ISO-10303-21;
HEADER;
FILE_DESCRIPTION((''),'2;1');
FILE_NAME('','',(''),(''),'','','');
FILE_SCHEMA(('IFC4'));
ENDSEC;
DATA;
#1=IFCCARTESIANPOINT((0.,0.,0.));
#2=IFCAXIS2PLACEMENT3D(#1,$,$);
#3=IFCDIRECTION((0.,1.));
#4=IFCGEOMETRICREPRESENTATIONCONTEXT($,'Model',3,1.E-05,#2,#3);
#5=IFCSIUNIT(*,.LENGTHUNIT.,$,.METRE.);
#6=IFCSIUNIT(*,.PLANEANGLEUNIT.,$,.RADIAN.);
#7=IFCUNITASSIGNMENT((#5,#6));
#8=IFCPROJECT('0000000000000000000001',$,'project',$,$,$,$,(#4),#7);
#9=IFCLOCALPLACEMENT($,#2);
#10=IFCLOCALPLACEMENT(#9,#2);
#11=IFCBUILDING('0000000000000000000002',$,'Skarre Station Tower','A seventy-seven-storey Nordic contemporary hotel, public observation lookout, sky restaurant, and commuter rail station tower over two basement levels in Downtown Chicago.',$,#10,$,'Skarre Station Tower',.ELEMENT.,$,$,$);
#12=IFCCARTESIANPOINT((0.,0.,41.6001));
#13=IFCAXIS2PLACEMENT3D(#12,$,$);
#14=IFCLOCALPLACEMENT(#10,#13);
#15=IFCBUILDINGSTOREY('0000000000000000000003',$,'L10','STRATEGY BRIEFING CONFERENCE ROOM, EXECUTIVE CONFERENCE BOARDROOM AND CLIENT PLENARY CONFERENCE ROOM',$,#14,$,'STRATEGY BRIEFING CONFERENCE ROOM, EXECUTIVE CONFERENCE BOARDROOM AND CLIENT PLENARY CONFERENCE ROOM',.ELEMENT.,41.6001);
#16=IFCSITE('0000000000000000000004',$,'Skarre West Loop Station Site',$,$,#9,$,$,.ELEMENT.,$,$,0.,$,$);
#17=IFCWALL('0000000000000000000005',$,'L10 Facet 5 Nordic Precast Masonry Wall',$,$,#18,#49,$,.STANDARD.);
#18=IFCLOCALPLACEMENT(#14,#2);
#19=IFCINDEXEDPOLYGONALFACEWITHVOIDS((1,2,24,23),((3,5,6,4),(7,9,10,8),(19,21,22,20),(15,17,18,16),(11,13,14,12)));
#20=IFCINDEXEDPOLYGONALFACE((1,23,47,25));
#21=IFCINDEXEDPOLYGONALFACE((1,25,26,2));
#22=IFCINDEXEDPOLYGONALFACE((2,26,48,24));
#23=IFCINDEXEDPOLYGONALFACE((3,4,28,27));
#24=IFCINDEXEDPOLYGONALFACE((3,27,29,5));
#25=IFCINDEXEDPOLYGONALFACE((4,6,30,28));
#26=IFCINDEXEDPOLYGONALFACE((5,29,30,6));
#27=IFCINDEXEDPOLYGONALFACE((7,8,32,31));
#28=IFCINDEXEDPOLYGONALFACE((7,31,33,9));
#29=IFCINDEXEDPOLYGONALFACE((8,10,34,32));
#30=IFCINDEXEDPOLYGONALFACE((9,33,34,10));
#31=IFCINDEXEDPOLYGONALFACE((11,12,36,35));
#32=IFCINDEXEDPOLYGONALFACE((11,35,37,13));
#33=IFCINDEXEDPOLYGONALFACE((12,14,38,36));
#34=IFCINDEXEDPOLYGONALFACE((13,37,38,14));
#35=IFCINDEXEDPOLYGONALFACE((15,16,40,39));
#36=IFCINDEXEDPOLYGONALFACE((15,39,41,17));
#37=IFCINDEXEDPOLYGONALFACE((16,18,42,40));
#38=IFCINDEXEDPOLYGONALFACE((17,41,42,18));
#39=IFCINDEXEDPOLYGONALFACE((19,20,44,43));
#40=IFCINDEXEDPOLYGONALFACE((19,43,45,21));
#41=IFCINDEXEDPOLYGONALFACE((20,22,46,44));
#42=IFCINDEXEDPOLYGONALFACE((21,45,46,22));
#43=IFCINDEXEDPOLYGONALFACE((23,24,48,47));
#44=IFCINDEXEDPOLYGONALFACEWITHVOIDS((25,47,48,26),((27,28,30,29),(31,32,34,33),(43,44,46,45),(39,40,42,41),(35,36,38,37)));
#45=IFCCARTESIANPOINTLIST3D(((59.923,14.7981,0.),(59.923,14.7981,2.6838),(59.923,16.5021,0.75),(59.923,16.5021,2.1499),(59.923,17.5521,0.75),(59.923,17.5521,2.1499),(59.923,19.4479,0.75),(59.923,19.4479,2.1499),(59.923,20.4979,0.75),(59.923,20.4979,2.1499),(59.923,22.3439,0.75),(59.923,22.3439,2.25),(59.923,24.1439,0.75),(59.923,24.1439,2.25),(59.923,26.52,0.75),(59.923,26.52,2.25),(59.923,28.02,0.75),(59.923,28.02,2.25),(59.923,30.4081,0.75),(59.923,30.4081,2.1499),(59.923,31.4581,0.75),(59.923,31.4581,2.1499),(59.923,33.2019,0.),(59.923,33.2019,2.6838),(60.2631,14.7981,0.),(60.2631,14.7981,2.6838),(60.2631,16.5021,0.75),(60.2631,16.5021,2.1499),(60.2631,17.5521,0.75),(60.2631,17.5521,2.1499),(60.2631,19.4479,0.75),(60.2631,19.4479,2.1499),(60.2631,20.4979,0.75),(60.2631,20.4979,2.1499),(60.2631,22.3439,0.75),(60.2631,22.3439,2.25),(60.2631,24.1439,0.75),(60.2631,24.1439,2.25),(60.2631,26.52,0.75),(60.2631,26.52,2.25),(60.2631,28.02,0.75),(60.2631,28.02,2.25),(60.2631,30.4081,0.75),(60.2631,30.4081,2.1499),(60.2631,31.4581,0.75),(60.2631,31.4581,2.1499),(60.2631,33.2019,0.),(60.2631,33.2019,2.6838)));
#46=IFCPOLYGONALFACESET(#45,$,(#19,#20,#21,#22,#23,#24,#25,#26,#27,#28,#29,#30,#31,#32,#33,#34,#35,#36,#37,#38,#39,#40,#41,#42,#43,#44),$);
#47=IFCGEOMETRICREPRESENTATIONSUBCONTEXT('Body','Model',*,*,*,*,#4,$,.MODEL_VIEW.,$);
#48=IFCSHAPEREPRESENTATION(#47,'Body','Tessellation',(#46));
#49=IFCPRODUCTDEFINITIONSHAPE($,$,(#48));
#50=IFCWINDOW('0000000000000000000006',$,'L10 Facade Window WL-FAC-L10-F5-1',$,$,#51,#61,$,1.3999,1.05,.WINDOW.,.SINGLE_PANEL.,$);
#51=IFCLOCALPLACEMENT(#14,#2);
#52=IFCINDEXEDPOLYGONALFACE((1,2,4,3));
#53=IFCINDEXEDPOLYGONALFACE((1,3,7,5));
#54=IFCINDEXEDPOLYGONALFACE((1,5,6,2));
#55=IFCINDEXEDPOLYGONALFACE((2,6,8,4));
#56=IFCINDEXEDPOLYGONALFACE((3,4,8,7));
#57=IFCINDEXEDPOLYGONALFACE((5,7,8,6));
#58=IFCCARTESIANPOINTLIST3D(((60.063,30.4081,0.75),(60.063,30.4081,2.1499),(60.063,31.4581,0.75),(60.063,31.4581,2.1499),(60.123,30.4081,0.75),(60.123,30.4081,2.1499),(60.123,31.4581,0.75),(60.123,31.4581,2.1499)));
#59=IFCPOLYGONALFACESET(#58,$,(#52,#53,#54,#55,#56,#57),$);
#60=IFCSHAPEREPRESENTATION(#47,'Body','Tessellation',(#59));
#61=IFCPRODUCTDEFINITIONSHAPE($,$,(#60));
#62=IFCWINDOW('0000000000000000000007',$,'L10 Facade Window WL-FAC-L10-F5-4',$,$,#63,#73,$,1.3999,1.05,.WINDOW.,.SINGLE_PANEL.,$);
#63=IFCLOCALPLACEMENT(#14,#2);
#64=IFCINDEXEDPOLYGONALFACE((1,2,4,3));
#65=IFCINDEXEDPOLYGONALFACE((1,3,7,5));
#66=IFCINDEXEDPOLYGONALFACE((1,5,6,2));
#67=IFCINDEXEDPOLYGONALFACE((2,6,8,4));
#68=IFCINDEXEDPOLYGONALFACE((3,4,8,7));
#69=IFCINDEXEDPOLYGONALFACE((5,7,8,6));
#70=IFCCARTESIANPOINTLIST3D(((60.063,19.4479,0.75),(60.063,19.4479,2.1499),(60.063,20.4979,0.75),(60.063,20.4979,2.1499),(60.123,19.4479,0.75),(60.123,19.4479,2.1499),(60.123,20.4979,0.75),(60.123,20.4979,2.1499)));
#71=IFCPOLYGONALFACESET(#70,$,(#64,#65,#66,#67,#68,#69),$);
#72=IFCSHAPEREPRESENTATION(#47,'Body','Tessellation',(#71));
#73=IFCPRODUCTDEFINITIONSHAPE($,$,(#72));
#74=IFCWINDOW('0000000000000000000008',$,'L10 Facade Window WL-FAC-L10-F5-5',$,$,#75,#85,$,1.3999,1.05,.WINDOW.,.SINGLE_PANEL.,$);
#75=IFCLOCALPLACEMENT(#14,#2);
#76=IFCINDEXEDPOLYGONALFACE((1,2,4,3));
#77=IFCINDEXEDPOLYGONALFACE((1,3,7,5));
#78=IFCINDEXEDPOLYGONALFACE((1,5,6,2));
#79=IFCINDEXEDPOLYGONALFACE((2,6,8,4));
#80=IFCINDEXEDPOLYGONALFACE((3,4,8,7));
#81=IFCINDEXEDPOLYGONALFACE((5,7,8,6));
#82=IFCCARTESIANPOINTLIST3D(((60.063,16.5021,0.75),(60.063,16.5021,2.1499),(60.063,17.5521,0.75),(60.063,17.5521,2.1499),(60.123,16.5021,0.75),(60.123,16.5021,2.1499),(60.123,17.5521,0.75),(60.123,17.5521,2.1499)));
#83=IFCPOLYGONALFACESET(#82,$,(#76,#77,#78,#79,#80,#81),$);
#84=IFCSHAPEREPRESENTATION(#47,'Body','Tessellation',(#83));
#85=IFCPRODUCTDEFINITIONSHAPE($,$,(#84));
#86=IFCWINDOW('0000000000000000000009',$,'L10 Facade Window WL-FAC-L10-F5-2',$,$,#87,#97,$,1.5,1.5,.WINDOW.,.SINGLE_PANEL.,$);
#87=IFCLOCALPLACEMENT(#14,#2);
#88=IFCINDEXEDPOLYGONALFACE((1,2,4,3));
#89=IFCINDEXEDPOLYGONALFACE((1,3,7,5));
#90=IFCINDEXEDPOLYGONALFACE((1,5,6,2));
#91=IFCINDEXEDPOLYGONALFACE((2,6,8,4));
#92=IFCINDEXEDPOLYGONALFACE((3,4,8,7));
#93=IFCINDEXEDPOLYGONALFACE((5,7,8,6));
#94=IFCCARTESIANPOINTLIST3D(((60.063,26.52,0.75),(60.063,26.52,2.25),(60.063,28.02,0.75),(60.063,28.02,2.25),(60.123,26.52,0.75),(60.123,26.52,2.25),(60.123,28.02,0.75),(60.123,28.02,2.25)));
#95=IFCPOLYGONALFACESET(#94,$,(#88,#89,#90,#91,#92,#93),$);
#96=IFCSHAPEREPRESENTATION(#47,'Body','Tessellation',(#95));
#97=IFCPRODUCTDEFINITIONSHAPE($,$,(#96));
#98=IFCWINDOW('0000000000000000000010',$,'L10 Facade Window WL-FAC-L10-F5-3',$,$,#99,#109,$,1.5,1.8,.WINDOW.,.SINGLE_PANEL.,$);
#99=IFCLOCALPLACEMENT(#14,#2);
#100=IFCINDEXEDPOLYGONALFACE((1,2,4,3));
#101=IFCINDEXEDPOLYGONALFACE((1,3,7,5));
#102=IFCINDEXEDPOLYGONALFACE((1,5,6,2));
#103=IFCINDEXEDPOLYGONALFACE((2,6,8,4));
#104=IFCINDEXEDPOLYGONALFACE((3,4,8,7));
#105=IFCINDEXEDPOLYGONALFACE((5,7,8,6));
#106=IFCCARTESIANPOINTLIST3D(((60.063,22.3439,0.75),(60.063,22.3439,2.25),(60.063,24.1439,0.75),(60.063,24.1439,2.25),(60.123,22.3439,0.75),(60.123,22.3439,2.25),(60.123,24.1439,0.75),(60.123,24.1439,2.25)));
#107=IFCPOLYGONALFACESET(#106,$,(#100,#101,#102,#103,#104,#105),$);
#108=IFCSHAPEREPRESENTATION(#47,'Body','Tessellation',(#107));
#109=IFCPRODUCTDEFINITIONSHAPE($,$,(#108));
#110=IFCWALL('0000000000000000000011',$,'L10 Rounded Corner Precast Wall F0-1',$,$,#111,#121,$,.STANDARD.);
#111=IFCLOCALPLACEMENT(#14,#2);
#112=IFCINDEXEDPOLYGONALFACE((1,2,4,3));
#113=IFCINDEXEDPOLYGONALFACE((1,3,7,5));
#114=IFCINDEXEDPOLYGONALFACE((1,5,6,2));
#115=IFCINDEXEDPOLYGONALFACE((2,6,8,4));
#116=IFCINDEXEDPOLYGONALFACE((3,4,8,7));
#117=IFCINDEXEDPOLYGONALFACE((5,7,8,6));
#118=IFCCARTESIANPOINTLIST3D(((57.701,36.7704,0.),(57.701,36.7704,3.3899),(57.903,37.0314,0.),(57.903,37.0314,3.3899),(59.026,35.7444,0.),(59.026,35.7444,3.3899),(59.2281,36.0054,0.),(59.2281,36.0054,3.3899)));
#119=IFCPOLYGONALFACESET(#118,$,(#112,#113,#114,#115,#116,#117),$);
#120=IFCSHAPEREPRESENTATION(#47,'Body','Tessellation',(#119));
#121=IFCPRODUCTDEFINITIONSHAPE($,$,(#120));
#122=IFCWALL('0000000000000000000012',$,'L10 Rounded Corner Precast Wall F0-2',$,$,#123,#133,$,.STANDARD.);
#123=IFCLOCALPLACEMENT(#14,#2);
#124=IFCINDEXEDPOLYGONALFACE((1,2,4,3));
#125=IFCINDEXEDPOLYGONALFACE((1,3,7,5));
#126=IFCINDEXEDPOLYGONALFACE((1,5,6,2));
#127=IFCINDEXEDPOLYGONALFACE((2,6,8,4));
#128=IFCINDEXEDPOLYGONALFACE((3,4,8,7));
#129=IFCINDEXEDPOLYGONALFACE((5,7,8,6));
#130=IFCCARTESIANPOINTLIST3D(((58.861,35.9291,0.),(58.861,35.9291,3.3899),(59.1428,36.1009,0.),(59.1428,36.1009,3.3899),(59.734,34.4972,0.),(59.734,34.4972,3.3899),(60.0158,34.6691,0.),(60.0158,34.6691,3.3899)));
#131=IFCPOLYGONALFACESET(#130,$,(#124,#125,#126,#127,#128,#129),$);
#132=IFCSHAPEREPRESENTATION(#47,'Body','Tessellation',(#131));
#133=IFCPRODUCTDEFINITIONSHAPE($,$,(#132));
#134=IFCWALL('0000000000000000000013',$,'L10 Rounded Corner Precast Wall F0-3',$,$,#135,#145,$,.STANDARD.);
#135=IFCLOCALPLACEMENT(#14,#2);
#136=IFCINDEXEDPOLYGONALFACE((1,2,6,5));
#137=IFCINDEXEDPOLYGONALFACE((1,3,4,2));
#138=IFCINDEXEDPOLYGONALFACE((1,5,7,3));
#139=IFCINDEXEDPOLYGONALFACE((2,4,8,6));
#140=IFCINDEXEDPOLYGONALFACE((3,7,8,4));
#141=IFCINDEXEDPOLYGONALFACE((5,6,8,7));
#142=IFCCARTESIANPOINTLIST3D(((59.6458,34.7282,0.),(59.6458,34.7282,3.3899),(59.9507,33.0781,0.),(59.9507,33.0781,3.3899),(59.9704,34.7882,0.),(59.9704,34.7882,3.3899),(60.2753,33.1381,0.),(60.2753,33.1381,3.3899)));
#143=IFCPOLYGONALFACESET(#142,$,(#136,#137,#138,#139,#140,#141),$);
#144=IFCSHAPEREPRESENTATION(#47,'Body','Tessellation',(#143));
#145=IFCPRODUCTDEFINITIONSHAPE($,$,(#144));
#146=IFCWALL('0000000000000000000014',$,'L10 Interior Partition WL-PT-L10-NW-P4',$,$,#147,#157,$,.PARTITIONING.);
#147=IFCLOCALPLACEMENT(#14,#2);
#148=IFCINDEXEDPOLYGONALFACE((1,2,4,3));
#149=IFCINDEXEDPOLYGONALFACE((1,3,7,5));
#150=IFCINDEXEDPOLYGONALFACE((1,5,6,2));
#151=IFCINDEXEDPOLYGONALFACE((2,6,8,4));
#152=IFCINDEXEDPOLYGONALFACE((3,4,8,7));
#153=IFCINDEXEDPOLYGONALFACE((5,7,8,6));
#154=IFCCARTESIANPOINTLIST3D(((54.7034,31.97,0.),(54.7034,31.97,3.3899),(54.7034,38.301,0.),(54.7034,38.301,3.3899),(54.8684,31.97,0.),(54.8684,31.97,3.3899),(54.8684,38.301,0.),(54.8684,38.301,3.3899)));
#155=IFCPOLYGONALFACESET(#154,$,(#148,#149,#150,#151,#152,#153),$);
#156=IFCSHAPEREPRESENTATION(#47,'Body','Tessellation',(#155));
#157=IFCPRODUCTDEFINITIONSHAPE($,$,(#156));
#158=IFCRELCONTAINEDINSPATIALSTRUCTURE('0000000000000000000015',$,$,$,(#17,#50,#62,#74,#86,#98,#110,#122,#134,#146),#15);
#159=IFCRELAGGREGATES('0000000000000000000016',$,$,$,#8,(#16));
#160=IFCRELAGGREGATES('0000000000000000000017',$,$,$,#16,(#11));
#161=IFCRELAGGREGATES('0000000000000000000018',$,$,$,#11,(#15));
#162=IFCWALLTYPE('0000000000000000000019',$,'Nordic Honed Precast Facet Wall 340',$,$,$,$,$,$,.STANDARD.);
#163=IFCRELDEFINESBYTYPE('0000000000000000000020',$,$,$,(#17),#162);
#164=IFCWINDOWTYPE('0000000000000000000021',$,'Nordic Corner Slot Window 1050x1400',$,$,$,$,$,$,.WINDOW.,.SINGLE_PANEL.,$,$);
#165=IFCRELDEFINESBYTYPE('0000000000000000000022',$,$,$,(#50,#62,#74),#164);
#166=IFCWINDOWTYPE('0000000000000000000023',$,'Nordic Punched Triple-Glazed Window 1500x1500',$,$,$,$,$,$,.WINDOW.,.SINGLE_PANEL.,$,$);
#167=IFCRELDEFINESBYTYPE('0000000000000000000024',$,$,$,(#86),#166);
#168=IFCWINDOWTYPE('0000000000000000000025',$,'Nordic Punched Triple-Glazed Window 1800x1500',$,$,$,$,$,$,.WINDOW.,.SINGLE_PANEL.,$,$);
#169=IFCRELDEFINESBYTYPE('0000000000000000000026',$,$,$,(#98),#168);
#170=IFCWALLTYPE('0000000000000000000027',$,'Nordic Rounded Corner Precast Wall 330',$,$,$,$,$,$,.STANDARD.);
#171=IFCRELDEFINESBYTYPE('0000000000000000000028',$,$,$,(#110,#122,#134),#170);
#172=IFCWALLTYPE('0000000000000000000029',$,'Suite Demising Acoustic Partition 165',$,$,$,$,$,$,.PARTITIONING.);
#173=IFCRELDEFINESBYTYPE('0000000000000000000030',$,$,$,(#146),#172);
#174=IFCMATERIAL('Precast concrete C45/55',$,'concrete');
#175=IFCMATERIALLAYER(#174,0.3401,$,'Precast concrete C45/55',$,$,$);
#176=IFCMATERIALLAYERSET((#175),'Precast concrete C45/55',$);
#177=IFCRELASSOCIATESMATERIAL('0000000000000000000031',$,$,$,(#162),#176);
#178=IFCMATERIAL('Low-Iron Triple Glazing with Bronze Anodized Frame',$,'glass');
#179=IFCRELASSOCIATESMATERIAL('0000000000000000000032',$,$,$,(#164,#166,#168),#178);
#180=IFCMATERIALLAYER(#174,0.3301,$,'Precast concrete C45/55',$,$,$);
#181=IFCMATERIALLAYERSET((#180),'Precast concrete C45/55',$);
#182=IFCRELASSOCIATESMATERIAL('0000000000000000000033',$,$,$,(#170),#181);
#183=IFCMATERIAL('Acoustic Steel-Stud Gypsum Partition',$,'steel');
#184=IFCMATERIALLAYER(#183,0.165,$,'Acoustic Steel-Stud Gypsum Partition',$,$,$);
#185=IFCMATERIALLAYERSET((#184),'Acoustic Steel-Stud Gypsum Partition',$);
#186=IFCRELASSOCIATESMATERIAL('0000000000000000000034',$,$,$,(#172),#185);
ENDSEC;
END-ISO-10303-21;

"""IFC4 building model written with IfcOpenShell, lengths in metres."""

from ifc_helpers import new_model, si_unit, direction, frame, frame_2d, origin, place, context, subcontext, project, spatial, rectangle, extrude, material, layer, layer_set, type_object, element, fill, save


model = new_model("IFC4")

# Units and contexts
model_context = context("Model", 3, precision=1e-05, world=origin(), true_north=direction((0.0, 1.0)))
body_context = subcontext(model_context, "Body", "Model", "MODEL_VIEW")
ifc_project = project(units=[si_unit("LENGTHUNIT", "METRE"), si_unit("PLANEANGLEUNIT", "RADIAN")], contexts=[model_context])

# Site, building, storey
site_placement = place(None, origin())
site = spatial("IfcSite", under=ifc_project, at=site_placement, Name="Skarre West Loop Station Site", CompositionType="ELEMENT", RefElevation=0.0)
building_placement = place(site_placement, origin())
building = spatial("IfcBuilding", under=site, at=building_placement, Name="Skarre Station Tower", Description="A seventy-seven-storey Nordic contemporary hotel, public observation lookout, sky restaurant, and commuter rail station tower over two basement levels in Downtown Chicago.", LongName="Skarre Station Tower", CompositionType="ELEMENT")
storey_placement = place(building_placement, frame((0.0, 0.0, 41.6001)))
storey = spatial("IfcBuildingStorey", under=building, at=storey_placement, Name="L10", Description="STRATEGY BRIEFING CONFERENCE ROOM, EXECUTIVE CONFERENCE BOARDROOM AND CLIENT PLENARY CONFERENCE ROOM", LongName="STRATEGY BRIEFING CONFERENCE ROOM, EXECUTIVE CONFERENCE BOARDROOM AND CLIENT PLENARY CONFERENCE ROOM", CompositionType="ELEMENT", Elevation=41.6001)

# Shared definitions
ifc_material_1 = material(Name="Acoustic Steel-Stud Gypsum Partition", Category="steel")

# Wall, openings, windows
ifc_material_2 = material(Name="Precast concrete C45/55", Category="concrete")
ifc_layer_1 = layer(ifc_material_2, 0.3401, Name="Precast concrete C45/55")
ifc_layer_set_1 = layer_set([ifc_layer_1], Name="Precast concrete C45/55")
wall_type_1 = type_object("IfcWallType", Name="Nordic Honed Precast Facet Wall 340", PredefinedType="STANDARD", material=ifc_layer_set_1)
wall_1_placement = place(storey_placement, frame((60.093, 33.2019, 0.0), z_axis=(0.0, 0.0, 1.0), x_axis=(0.0, -1.0, 0.0)))
wall_1 = element("IfcWall", 1, at=wall_1_placement, inside=storey, type_object=wall_type_1, Name="L10 Facet 5 Nordic Precast Masonry Wall", PredefinedType="STANDARD", context=body_context, shape_type="SweptSolid", body=[
    extrude(rectangle(XDim=18.4038, YDim=0.3401, at=frame_2d((9.2019, 0.0))), origin(), (0.0, 0.0, 1.0), 2.6838),
])
opening_1_placement = place(wall_1_placement, frame((1.7439, 0.0, 0.75)))
opening_1 = element("IfcOpeningElement", 2, at=opening_1_placement, cuts=wall_1, PredefinedType="OPENING", context=body_context, shape_type="SweptSolid", body=[
    extrude(rectangle(XDim=1.05, YDim=1.3999, at=frame_2d((0.5249, 0.7))), frame((0.0, 0.1799, 0.0), z_axis=(0.0, -1.0, 0.0), x_axis=(1.0, 0.0, 0.0)), (0.0, 0.0, 1.0), 0.3601),
])
opening_2_placement = place(wall_1_placement, frame((5.1819, 0.0, 0.75)))
opening_2 = element("IfcOpeningElement", 3, at=opening_2_placement, cuts=wall_1, PredefinedType="OPENING", context=body_context, shape_type="SweptSolid", body=[
    extrude(rectangle(XDim=1.5, YDim=1.5, at=frame_2d((0.75, 0.75))), frame((0.0, 0.1799, 0.0), z_axis=(0.0, -1.0, 0.0), x_axis=(1.0, 0.0, 0.0)), (0.0, 0.0, 1.0), 0.3601),
])
opening_3_placement = place(wall_1_placement, frame((9.0581, 0.0, 0.75)))
opening_3 = element("IfcOpeningElement", 4, at=opening_3_placement, cuts=wall_1, PredefinedType="OPENING", context=body_context, shape_type="SweptSolid", body=[
    extrude(rectangle(XDim=1.8, YDim=1.5, at=frame_2d((0.8999, 0.75))), frame((0.0, 0.1799, 0.0), z_axis=(0.0, -1.0, 0.0), x_axis=(1.0, 0.0, 0.0)), (0.0, 0.0, 1.0), 0.3601),
])
opening_4_placement = place(wall_1_placement, frame((12.7041, 0.0, 0.75)))
opening_4 = element("IfcOpeningElement", 5, at=opening_4_placement, cuts=wall_1, PredefinedType="OPENING", context=body_context, shape_type="SweptSolid", body=[
    extrude(rectangle(XDim=1.05, YDim=1.3999, at=frame_2d((0.5249, 0.7))), frame((0.0, 0.1799, 0.0), z_axis=(0.0, -1.0, 0.0), x_axis=(1.0, 0.0, 0.0)), (0.0, 0.0, 1.0), 0.3601),
])
opening_5_placement = place(wall_1_placement, frame((15.6499, 0.0, 0.75)))
opening_5 = element("IfcOpeningElement", 6, at=opening_5_placement, cuts=wall_1, PredefinedType="OPENING", context=body_context, shape_type="SweptSolid", body=[
    extrude(rectangle(XDim=1.05, YDim=1.3999, at=frame_2d((0.5249, 0.7))), frame((0.0, 0.1799, 0.0), z_axis=(0.0, -1.0, 0.0), x_axis=(1.0, 0.0, 0.0)), (0.0, 0.0, 1.0), 0.3601),
])
ifc_material_3 = material(Name="Low-Iron Triple Glazing with Bronze Anodized Frame", Category="glass")
window_type_1 = type_object("IfcWindowType", Name="Nordic Corner Slot Window 1050x1400", PartitioningType="SINGLE_PANEL", PredefinedType="WINDOW", material=ifc_material_3)
window_1_placement = place(opening_1_placement, origin())
window_1 = element("IfcWindow", 7, at=window_1_placement, inside=storey, type_object=window_type_1, Name="L10 Facade Window WL-FAC-L10-F5-1", OverallHeight=1.3999, OverallWidth=1.05, PartitioningType="SINGLE_PANEL", PredefinedType="WINDOW", context=body_context, shape_type="SweptSolid", body=[
    extrude(rectangle(XDim=1.05, YDim=1.3999, at=frame_2d((0.5249, 0.7))), frame((0.0, 0.03, 0.0), z_axis=(0.0, -1.0, 0.0), x_axis=(1.0, 0.0, 0.0)), (0.0, 0.0, 1.0), 0.0601),
])
fill(opening_1, window_1)
window_2_placement = place(opening_4_placement, origin())
window_2 = element("IfcWindow", 8, at=window_2_placement, inside=storey, type_object=window_type_1, Name="L10 Facade Window WL-FAC-L10-F5-4", OverallHeight=1.3999, OverallWidth=1.05, PartitioningType="SINGLE_PANEL", PredefinedType="WINDOW", context=body_context, shape_type="SweptSolid", body=[
    extrude(rectangle(XDim=1.05, YDim=1.3999, at=frame_2d((0.5249, 0.7))), frame((0.0, 0.03, 0.0), z_axis=(0.0, -1.0, 0.0), x_axis=(1.0, 0.0, 0.0)), (0.0, 0.0, 1.0), 0.0601),
])
fill(opening_4, window_2)
window_3_placement = place(opening_5_placement, origin())
window_3 = element("IfcWindow", 9, at=window_3_placement, inside=storey, type_object=window_type_1, Name="L10 Facade Window WL-FAC-L10-F5-5", OverallHeight=1.3999, OverallWidth=1.05, PartitioningType="SINGLE_PANEL", PredefinedType="WINDOW", context=body_context, shape_type="SweptSolid", body=[
    extrude(rectangle(XDim=1.05, YDim=1.3999, at=frame_2d((0.5249, 0.7))), frame((0.0, 0.03, 0.0), z_axis=(0.0, -1.0, 0.0), x_axis=(1.0, 0.0, 0.0)), (0.0, 0.0, 1.0), 0.0601),
])
fill(opening_5, window_3)
window_type_2 = type_object("IfcWindowType", Name="Nordic Punched Triple-Glazed Window 1500x1500", PartitioningType="SINGLE_PANEL", PredefinedType="WINDOW", material=ifc_material_3)
window_4_placement = place(opening_2_placement, origin())
window_4 = element("IfcWindow", 10, at=window_4_placement, inside=storey, type_object=window_type_2, Name="L10 Facade Window WL-FAC-L10-F5-2", OverallHeight=1.5, OverallWidth=1.5, PartitioningType="SINGLE_PANEL", PredefinedType="WINDOW", context=body_context, shape_type="SweptSolid", body=[
    extrude(rectangle(XDim=1.5, YDim=1.5, at=frame_2d((0.75, 0.75))), frame((0.0, 0.03, 0.0), z_axis=(0.0, -1.0, 0.0), x_axis=(1.0, 0.0, 0.0)), (0.0, 0.0, 1.0), 0.0601),
])
fill(opening_2, window_4)
window_type_3 = type_object("IfcWindowType", Name="Nordic Punched Triple-Glazed Window 1800x1500", PartitioningType="SINGLE_PANEL", PredefinedType="WINDOW", material=ifc_material_3)
window_5_placement = place(opening_3_placement, origin())
window_5 = element("IfcWindow", 11, at=window_5_placement, inside=storey, type_object=window_type_3, Name="L10 Facade Window WL-FAC-L10-F5-3", OverallHeight=1.5, OverallWidth=1.8, PartitioningType="SINGLE_PANEL", PredefinedType="WINDOW", context=body_context, shape_type="SweptSolid", body=[
    extrude(rectangle(XDim=1.8, YDim=1.5, at=frame_2d((0.8999, 0.75))), frame((0.0, 0.03, 0.0), z_axis=(0.0, -1.0, 0.0), x_axis=(1.0, 0.0, 0.0)), (0.0, 0.0, 1.0), 0.0601),
])
fill(opening_3, window_5)

# Walls
ifc_layer_2 = layer(ifc_material_2, 0.3301, Name="Precast concrete C45/55")
ifc_layer_set_2 = layer_set([ifc_layer_2], Name="Precast concrete C45/55")
wall_type_2 = type_object("IfcWallType", Name="Nordic Rounded Corner Precast Wall 330", PredefinedType="STANDARD", material=ifc_layer_set_2)
wall_2_placement = place(storey_placement, frame((57.802, 36.9009, 0.0), z_axis=(0.0, 0.0, 1.0), x_axis=(0.790692, -0.612214, 0.0)))
element("IfcWall", 12, at=wall_2_placement, inside=storey, type_object=wall_type_2, Name="L10 Rounded Corner Precast Wall F0-1", PredefinedType="STANDARD", context=body_context, shape_type="SweptSolid", body=[
    extrude(rectangle(XDim=1.6758, YDim=0.3301, at=frame_2d((0.8379, 0.0))), origin(), (0.0, 0.0, 1.0), 3.3899),
])
wall_3_placement = place(storey_placement, frame((59.002, 36.0149, 0.0), z_axis=(0.0, 0.0, 1.0), x_axis=(0.520584, -0.85381, 0.0)))
element("IfcWall", 13, at=wall_3_placement, inside=storey, type_object=wall_type_2, Name="L10 Rounded Corner Precast Wall F0-2", PredefinedType="STANDARD", context=body_context, shape_type="SweptSolid", body=[
    extrude(rectangle(XDim=1.677, YDim=0.3301, at=frame_2d((0.8384, 0.0))), origin(), (0.0, 0.0, 1.0), 3.3899),
])
wall_4_placement = place(storey_placement, frame((59.8081, 34.7581, 0.0), z_axis=(0.0, 0.0, 1.0), x_axis=(0.181714, -0.983351, 0.0)))
element("IfcWall", 14, at=wall_4_placement, inside=storey, type_object=wall_type_2, Name="L10 Rounded Corner Precast Wall F0-3", PredefinedType="STANDARD", context=body_context, shape_type="SweptSolid", body=[
    extrude(rectangle(XDim=1.678, YDim=0.3301, at=frame_2d((0.8389, 0.0))), origin(), (0.0, 0.0, 1.0), 3.3899),
])
ifc_layer_3 = layer(ifc_material_1, 0.165, Name="Acoustic Steel-Stud Gypsum Partition")
ifc_layer_set_3 = layer_set([ifc_layer_3], Name="Acoustic Steel-Stud Gypsum Partition")
wall_type_3 = type_object("IfcWallType", Name="Suite Demising Acoustic Partition 165", PredefinedType="PARTITIONING", material=ifc_layer_set_3)
wall_5_placement = place(storey_placement, frame((54.7859, 31.97, 0.0), z_axis=(0.0, 0.0, 1.0), x_axis=(0.0, 1.0, 0.0)))
element("IfcWall", 15, at=wall_5_placement, inside=storey, type_object=wall_type_3, Name="L10 Interior Partition WL-PT-L10-NW-P4", PredefinedType="PARTITIONING", context=body_context, shape_type="SweptSolid", body=[
    extrude(rectangle(XDim=6.3311, YDim=0.165, at=frame_2d((3.1655, 0.0))), origin(), (0.0, 0.0, 1.0), 3.3899),
])

save(model, "model.ifc")
